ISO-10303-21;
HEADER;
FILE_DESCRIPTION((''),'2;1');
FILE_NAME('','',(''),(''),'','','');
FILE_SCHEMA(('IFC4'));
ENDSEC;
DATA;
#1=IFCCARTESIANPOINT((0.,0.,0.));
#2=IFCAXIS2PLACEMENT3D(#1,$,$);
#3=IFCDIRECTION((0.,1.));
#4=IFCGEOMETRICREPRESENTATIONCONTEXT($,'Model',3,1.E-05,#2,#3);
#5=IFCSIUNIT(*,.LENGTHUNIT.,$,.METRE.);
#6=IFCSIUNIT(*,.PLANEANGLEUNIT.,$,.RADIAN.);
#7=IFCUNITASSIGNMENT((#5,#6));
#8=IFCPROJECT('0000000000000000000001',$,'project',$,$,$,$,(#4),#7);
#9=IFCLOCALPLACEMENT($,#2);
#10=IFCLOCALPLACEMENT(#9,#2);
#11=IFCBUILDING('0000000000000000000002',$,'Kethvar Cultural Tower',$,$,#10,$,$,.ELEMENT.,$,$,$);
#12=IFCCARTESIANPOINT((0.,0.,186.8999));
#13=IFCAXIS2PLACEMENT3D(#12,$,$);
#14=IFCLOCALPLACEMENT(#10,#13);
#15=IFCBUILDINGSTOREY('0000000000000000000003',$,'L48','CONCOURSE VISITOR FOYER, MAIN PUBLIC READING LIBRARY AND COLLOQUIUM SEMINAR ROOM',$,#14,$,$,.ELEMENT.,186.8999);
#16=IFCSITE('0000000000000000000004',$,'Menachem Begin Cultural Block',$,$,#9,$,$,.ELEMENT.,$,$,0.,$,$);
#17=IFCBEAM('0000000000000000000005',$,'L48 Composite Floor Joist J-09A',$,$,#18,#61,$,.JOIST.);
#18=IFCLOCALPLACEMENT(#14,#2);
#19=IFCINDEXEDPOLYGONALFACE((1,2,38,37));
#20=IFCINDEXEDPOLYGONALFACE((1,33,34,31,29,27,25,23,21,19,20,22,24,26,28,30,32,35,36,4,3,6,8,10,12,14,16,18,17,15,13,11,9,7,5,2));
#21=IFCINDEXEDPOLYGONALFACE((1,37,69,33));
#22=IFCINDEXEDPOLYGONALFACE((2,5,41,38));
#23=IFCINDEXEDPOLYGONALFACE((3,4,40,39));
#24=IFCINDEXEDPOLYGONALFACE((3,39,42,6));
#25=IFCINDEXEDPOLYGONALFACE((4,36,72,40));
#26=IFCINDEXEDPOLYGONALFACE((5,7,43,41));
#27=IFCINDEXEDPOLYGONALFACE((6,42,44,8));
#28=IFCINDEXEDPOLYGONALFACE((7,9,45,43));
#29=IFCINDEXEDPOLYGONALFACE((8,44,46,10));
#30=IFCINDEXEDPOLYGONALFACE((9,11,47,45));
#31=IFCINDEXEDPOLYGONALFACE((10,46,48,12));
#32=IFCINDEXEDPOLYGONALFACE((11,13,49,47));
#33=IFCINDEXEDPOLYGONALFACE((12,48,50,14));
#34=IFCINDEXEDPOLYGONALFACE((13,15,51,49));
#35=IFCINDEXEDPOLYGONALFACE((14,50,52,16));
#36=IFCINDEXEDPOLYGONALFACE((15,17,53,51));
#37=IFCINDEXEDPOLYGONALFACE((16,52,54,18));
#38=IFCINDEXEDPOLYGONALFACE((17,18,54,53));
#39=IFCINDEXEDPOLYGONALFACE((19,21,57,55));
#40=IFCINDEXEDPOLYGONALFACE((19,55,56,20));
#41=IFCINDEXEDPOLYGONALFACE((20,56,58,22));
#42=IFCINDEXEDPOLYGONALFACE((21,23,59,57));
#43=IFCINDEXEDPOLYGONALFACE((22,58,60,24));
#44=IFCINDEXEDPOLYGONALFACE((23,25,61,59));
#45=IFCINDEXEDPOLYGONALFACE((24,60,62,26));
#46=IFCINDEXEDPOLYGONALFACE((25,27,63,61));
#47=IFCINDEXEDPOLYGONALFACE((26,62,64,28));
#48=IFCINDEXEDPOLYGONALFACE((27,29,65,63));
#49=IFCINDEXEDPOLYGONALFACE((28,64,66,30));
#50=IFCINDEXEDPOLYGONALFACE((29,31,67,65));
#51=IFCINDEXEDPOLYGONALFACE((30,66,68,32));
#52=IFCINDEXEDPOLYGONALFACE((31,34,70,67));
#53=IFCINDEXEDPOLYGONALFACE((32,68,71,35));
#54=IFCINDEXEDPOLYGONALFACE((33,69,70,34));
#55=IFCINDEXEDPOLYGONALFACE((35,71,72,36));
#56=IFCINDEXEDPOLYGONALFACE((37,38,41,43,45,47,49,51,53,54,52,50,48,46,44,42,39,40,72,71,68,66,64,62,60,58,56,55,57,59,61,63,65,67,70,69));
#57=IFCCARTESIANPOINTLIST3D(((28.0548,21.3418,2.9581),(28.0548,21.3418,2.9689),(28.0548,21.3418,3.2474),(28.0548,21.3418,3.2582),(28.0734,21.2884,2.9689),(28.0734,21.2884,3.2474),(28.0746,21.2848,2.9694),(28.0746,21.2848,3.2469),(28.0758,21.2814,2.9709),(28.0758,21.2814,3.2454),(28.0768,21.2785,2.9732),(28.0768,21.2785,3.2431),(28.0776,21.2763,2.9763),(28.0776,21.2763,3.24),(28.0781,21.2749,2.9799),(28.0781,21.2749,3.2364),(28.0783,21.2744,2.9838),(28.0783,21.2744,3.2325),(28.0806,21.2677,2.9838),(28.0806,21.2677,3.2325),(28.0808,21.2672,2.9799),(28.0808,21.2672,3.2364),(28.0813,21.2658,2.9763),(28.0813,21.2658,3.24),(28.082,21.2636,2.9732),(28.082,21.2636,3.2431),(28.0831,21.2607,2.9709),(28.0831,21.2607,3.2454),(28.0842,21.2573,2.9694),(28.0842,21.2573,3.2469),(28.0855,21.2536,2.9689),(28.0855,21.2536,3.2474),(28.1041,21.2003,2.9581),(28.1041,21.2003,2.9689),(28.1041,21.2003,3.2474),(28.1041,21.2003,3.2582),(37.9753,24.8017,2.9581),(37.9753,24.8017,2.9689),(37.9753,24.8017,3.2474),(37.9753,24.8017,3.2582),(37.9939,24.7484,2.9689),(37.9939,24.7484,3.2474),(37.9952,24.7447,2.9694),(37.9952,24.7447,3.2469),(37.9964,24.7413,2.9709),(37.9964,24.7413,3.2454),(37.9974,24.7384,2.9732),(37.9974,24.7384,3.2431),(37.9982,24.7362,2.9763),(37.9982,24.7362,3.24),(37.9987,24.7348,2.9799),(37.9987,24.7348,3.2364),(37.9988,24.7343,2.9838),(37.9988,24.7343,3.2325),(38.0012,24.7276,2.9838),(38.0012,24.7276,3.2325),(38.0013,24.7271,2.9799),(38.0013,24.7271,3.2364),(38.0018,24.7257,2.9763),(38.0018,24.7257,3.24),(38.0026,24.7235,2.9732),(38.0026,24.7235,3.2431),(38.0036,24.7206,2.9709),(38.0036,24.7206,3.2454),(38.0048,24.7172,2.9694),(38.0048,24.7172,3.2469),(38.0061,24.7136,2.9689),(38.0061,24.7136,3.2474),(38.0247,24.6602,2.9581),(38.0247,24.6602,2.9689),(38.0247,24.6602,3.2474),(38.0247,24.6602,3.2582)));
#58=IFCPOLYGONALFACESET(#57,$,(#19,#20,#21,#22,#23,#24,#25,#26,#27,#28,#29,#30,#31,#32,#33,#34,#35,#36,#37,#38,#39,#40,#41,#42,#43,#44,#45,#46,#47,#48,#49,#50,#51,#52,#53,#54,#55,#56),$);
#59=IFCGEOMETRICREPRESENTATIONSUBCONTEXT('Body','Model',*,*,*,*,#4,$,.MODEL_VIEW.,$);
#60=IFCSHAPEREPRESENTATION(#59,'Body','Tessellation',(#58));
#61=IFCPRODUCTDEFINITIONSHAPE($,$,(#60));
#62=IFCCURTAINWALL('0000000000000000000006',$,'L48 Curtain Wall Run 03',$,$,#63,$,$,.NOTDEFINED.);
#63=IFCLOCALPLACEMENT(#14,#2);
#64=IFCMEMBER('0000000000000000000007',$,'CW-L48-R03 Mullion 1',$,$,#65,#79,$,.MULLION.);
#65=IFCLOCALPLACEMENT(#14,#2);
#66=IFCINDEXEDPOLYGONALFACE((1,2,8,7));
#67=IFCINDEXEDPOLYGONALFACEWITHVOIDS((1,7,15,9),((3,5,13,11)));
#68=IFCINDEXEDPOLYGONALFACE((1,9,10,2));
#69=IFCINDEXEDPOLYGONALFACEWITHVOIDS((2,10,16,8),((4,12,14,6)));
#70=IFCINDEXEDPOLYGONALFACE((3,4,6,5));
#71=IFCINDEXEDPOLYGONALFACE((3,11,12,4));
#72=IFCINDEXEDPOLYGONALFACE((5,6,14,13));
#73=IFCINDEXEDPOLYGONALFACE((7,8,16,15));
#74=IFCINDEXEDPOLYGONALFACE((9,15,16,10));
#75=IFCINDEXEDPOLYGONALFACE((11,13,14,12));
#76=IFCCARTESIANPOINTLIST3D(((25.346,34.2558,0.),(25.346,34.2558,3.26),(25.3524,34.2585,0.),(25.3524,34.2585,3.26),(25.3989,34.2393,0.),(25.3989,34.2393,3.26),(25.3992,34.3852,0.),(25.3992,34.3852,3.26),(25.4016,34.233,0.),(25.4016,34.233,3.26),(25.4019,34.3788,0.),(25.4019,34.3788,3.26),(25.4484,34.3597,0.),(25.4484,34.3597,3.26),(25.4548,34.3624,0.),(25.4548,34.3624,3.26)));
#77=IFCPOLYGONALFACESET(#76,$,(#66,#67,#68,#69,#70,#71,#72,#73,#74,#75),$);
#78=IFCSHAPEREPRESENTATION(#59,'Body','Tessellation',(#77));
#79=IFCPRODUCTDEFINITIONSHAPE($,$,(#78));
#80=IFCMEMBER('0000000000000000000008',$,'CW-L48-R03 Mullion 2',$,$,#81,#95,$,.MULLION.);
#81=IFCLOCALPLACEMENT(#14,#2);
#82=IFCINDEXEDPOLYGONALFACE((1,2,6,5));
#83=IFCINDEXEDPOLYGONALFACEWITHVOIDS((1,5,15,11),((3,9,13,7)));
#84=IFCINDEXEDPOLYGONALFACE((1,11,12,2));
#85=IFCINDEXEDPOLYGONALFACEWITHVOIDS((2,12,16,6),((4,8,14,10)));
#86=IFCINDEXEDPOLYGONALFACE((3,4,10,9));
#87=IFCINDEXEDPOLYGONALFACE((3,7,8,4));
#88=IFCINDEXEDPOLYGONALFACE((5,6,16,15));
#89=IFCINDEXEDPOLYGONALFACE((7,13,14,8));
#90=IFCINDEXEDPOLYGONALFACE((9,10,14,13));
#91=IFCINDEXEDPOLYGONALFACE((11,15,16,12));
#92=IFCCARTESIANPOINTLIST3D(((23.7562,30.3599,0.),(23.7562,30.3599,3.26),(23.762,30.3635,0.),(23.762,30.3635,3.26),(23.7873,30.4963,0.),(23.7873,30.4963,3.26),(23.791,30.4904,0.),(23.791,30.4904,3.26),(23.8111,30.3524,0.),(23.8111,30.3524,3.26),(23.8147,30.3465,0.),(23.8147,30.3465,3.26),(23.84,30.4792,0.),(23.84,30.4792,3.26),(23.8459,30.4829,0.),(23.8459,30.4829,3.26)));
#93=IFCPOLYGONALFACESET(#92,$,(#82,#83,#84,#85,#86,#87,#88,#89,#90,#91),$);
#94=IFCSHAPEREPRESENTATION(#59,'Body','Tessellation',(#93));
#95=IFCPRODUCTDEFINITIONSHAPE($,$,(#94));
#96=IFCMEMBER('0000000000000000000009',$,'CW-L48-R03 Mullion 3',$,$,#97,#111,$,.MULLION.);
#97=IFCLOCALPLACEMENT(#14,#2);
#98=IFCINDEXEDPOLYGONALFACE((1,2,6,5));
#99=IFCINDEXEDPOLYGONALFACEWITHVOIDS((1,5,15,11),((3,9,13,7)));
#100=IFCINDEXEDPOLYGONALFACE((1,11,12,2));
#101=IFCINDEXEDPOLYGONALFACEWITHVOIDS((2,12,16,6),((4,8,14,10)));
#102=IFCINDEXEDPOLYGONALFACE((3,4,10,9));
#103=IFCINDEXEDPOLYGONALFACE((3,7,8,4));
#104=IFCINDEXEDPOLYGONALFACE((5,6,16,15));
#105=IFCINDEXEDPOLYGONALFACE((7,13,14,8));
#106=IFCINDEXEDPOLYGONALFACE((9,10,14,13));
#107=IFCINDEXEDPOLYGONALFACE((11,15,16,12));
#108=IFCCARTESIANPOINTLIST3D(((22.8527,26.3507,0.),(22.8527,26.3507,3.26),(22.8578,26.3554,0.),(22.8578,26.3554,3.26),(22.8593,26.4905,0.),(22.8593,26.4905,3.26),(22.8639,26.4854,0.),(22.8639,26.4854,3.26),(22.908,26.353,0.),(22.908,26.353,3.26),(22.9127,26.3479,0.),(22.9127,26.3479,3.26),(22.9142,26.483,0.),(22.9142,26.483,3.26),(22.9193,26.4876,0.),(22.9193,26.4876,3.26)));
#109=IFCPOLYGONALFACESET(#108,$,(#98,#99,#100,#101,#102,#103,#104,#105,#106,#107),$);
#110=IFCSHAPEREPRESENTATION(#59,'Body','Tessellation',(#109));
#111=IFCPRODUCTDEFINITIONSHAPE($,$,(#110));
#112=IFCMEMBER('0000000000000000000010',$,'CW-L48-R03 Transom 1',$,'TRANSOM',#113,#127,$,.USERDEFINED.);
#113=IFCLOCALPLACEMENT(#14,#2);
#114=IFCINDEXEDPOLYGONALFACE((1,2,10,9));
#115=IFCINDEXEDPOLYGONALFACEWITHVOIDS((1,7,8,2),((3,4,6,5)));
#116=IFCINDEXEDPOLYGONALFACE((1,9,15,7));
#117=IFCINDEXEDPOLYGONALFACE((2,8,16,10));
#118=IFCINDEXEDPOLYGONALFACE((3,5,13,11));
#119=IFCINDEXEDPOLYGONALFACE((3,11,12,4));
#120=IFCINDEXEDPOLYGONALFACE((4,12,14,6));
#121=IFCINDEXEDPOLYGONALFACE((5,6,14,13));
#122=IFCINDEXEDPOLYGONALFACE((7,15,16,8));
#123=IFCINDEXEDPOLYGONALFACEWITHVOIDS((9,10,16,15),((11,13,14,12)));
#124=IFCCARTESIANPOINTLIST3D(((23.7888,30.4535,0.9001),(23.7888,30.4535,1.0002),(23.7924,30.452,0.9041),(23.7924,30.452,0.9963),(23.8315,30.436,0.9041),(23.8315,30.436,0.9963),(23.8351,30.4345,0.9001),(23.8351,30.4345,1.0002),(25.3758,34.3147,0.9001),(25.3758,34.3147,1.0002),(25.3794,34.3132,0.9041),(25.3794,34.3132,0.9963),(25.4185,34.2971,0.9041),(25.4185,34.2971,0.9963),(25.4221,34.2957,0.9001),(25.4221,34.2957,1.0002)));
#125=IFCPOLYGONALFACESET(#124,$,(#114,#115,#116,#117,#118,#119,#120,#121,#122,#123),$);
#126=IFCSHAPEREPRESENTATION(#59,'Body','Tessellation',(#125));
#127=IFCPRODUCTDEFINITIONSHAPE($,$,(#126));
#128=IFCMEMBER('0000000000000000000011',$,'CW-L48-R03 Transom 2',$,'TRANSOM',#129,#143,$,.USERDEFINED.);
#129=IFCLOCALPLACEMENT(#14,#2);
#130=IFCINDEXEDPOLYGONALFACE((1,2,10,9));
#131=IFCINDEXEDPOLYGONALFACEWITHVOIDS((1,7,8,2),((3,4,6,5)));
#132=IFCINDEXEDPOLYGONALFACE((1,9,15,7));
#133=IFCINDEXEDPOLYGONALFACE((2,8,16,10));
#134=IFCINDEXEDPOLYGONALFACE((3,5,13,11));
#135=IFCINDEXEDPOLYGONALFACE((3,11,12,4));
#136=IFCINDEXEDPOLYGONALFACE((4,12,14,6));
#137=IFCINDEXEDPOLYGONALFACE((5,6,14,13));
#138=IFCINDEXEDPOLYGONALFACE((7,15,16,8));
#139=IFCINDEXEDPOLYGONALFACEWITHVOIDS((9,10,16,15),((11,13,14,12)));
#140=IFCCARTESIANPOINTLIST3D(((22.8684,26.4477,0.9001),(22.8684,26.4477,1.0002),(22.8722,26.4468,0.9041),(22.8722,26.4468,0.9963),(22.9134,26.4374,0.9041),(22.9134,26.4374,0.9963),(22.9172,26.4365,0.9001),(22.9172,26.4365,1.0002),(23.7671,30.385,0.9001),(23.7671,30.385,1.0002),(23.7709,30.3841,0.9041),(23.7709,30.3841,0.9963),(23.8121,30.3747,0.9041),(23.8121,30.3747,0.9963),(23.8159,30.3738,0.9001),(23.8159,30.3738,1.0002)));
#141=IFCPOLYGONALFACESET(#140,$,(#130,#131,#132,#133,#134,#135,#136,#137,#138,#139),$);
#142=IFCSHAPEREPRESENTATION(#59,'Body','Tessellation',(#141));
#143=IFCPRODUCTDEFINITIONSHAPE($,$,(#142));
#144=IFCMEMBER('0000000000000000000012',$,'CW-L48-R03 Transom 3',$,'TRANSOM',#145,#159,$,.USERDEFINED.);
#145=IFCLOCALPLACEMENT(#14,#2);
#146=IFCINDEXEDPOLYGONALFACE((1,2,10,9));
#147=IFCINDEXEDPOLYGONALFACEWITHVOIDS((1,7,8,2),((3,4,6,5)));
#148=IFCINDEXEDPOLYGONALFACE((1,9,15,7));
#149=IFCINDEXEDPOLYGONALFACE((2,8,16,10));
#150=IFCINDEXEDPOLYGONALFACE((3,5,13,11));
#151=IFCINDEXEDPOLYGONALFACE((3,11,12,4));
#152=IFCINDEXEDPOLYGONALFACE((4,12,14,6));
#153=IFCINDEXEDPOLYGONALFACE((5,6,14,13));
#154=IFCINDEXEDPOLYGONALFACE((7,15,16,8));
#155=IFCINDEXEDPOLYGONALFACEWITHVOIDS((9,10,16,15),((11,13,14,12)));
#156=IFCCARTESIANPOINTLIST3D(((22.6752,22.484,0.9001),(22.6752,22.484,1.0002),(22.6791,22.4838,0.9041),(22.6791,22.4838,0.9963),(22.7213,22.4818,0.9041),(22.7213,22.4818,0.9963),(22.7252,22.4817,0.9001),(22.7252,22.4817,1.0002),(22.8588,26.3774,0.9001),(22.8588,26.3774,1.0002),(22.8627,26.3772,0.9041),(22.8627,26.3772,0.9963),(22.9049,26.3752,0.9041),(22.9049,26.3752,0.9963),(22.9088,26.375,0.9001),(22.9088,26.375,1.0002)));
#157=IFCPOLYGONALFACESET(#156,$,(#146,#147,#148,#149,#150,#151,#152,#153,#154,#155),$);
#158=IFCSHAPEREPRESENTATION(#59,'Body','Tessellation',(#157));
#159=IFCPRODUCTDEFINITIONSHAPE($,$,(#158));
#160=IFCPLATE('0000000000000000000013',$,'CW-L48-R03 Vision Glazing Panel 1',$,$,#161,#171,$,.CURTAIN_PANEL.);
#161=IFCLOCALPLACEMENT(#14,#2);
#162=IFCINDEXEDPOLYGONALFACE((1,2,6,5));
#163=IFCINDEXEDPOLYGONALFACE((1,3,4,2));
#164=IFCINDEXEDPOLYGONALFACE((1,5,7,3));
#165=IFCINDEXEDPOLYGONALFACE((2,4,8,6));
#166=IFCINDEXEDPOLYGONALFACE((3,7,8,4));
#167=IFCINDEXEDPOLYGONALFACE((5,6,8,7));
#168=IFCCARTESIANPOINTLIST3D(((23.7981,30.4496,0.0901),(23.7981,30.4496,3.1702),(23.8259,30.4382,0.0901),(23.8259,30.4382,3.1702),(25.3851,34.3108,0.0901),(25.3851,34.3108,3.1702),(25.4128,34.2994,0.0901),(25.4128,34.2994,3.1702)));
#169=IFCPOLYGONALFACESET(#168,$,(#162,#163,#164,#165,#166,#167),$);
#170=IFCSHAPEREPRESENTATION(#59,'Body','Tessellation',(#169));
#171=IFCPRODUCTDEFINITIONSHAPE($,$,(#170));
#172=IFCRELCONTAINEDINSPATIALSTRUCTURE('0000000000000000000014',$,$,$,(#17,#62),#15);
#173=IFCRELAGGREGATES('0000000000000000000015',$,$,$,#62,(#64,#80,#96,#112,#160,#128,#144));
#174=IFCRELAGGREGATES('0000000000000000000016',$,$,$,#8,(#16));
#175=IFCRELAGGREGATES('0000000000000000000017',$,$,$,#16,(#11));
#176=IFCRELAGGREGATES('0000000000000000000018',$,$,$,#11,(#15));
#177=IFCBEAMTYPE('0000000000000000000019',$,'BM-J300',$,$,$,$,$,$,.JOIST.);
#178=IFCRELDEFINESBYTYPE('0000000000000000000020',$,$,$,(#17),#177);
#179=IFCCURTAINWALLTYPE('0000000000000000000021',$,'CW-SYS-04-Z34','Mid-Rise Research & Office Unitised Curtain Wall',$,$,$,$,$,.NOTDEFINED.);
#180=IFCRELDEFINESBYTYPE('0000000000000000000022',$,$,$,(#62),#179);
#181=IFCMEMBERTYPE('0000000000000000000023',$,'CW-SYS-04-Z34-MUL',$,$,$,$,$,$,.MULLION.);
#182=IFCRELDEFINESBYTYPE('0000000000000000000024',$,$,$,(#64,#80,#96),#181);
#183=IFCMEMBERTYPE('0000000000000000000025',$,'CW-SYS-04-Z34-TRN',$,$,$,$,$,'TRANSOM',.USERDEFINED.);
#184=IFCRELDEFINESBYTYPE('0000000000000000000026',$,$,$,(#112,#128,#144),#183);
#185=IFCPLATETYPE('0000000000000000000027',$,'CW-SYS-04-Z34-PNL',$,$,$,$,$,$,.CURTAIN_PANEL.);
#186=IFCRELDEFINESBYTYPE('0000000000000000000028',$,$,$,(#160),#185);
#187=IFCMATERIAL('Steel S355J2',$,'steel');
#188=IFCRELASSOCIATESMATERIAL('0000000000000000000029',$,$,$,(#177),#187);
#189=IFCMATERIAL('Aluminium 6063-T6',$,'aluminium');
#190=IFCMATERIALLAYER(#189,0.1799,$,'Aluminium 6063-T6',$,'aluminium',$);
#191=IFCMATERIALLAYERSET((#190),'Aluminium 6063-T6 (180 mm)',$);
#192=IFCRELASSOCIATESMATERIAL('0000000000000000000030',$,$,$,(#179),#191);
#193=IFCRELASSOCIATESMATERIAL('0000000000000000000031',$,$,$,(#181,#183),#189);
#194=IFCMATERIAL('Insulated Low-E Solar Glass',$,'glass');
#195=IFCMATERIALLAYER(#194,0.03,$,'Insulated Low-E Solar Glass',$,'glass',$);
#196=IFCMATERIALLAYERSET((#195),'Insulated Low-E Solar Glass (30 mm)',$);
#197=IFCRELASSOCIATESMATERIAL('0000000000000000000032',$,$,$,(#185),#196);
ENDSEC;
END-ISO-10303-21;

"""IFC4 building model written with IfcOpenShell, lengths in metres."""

from ifc_helpers import new_model, si_unit, direction, frame, origin, origin_2d, place, context, subcontext, project, spatial, rectangle, hollow_rectangle, i_section, extrude, source, transform, mapped, material, layer, layer_set, material_profile, profile_set, type_object, element, aggregate, save


model = new_model("IFC4")

# Units and contexts
model_context = context("Model", 3, precision=1e-05, world=origin(), true_north=direction((0.0, 1.0)))
body_context = subcontext(model_context, "Body", "Model", "MODEL_VIEW")
ifc_project = project(units=[si_unit("LENGTHUNIT", "METRE"), si_unit("PLANEANGLEUNIT", "RADIAN")], contexts=[model_context])

# Site, building, storey
site_placement = place(None, origin())
site = spatial("IfcSite", under=ifc_project, at=site_placement, Name="Menachem Begin Cultural Block", CompositionType="ELEMENT", RefElevation=0.0)
building_placement = place(site_placement, origin())
building = spatial("IfcBuilding", under=site, at=building_placement, Name="Kethvar Cultural Tower", CompositionType="ELEMENT")
storey_placement = place(building_placement, frame((0.0, 0.0, 186.8999)))
storey = spatial("IfcBuildingStorey", under=building, at=storey_placement, Name="L48", Description="CONCOURSE VISITOR FOYER, MAIN PUBLIC READING LIBRARY AND COLLOQUIUM SEMINAR ROOM", CompositionType="ELEMENT", Elevation=186.8999)

# Beam
ifc_material_1 = material(Name="Steel S355J2", Category="steel")
ifc_material_profile_1 = material_profile(ifc_material_1, i_section(OverallWidth=0.1499, OverallDepth=0.3, WebThickness=0.0071, FlangeThickness=0.0107, FilletRadius=0.0149, at=origin_2d()), Name="Steel S355J2 — IPE300")
ifc_profile_set_1 = profile_set([ifc_material_profile_1], Name="Steel S355J2 — IPE300")
beam_type_1 = type_object("IfcBeamType", Name="BM-J300", PredefinedType="JOIST", material=ifc_profile_set_1)
shared_shape_1 = source(origin(), body_context, "Body", "SweptSolid", [
    extrude(i_section(OverallWidth=0.1499, OverallDepth=0.3, WebThickness=0.0071, FlangeThickness=0.0107, FilletRadius=0.0149, at=origin_2d()), origin(), (0.0, 0.0, 1.0), 10.5066),
])
beam_1_placement = place(storey_placement, frame((38.0, 24.731, 3.1082), z_axis=(-0.944222, -0.32931, 0.0), x_axis=(0.32931, -0.944222, 0.0)))
element("IfcBeam", 1, at=beam_1_placement, inside=storey, type_object=beam_type_1, Name="L48 Composite Floor Joist J-09A", PredefinedType="JOIST", context=body_context, shape_type="MappedRepresentation", body=[
    mapped(shared_shape_1, transform((0.0, 0.0, 0.0), scale=1.0)),
])

# Curtain wall, members, plate
ifc_material_2 = material(Name="Aluminium 6063-T6", Category="aluminium")
ifc_layer_1 = layer(ifc_material_2, 0.1799, Name="Aluminium 6063-T6", Category="aluminium")
ifc_layer_set_1 = layer_set([ifc_layer_1], Name="Aluminium 6063-T6 (180 mm)")
curtain_wall_type = type_object("IfcCurtainWallType", Name="CW-SYS-04-Z34", Description="Mid-Rise Research & Office Unitised Curtain Wall", PredefinedType="NOTDEFINED", material=ifc_layer_set_1)
curtain_wall_placement = place(storey_placement, origin())
curtain_wall = element("IfcCurtainWall", 2, at=curtain_wall_placement, inside=storey, type_object=curtain_wall_type, Name="L48 Curtain Wall Run 03", PredefinedType="NOTDEFINED")
ifc_material_profile_2 = material_profile(ifc_material_2, hollow_rectangle(XDim=0.0601, YDim=0.1399, WallThickness=0.0049, at=origin_2d()), Name="Aluminium 6063-T6 — RHS140x60x5")
ifc_profile_set_2 = profile_set([ifc_material_profile_2], Name="Aluminium 6063-T6 — RHS140x60x5")
member_type_1 = type_object("IfcMemberType", Name="CW-SYS-04-Z34-MUL", PredefinedType="MULLION", material=ifc_profile_set_2)
shared_shape_2 = source(origin(), body_context, "Body", "SweptSolid", [
    extrude(hollow_rectangle(XDim=0.0601, YDim=0.1399, WallThickness=0.0049, at=origin_2d()), origin(), (0.0, 0.0, 1.0), 3.26),
])
member_1_placement = place(storey_placement, frame((25.4004, 34.3091, 0.0), z_axis=(0.0, 0.0, 1.0), x_axis=(0.924925, -0.38015, 0.0)))
member_1 = element("IfcMember", 3, at=member_1_placement, type_object=member_type_1, Name="CW-L48-R03 Mullion 1", PredefinedType="MULLION", context=body_context, shape_type="MappedRepresentation", body=[
    mapped(shared_shape_2, transform((0.0, 0.0, 0.0), scale=1.0)),
])
member_2_placement = place(storey_placement, frame((23.801, 30.4214, 0.0), z_axis=(0.0, 0.0, 1.0), x_axis=(0.974932, -0.222501, 0.0)))
member_2 = element("IfcMember", 4, at=member_2_placement, type_object=member_type_1, Name="CW-L48-R03 Mullion 2", PredefinedType="MULLION", context=body_context, shape_type="MappedRepresentation", body=[
    mapped(shared_shape_2, transform((0.0, 0.0, 0.0), scale=1.0)),
])
member_3_placement = place(storey_placement, frame((22.886, 26.4192, 0.0), z_axis=(0.0, 0.0, 1.0), x_axis=(0.998888, -0.047141, 0.0)))
member_3 = element("IfcMember", 5, at=member_3_placement, type_object=member_type_1, Name="CW-L48-R03 Mullion 3", PredefinedType="MULLION", context=body_context, shape_type="MappedRepresentation", body=[
    mapped(shared_shape_2, transform((0.0, 0.0, 0.0), scale=1.0)),
])
ifc_material_profile_3 = material_profile(ifc_material_2, hollow_rectangle(XDim=0.05, YDim=0.1001, WallThickness=0.0039, at=origin_2d()), Name="Aluminium 6063-T6 — RHS100x50x4")
ifc_profile_set_3 = profile_set([ifc_material_profile_3], Name="Aluminium 6063-T6 — RHS100x50x4")
member_type_2 = type_object("IfcMemberType", Name="CW-SYS-04-Z34-TRN", ElementType="TRANSOM", PredefinedType="USERDEFINED", material=ifc_profile_set_3)
shared_shape_3 = source(origin(), body_context, "Body", "SweptSolid", [
    extrude(hollow_rectangle(XDim=0.05, YDim=0.1001, WallThickness=0.0039, at=origin_2d()), origin(), (0.0, 0.0, 1.0), 4.1746),
])
member_4_placement = place(storey_placement, frame((25.3989, 34.3052, 0.9502), z_axis=(-0.380147, -0.924926, 0.0), x_axis=(0.924926, -0.380147, 0.0)))
member_4 = element("IfcMember", 6, at=member_4_placement, type_object=member_type_2, Name="CW-L48-R03 Transom 1", ObjectType="TRANSOM", PredefinedType="USERDEFINED", context=body_context, shape_type="MappedRepresentation", body=[
    mapped(shared_shape_3, transform((0.0, 0.0, 0.0), scale=1.0)),
])
shared_shape_4 = source(origin(), body_context, "Body", "SweptSolid", [
    extrude(hollow_rectangle(XDim=0.05, YDim=0.1001, WallThickness=0.0039, at=origin_2d()), origin(), (0.0, 0.0, 1.0), 4.0386),
])
member_5_placement = place(storey_placement, frame((23.7915, 30.3794, 0.9502), z_axis=(-0.222528, -0.974926, 0.0), x_axis=(0.974926, -0.222528, 0.0)))
member_5 = element("IfcMember", 7, at=member_5_placement, type_object=member_type_2, Name="CW-L48-R03 Transom 2", ObjectType="TRANSOM", PredefinedType="USERDEFINED", context=body_context, shape_type="MappedRepresentation", body=[
    mapped(shared_shape_4, transform((0.0, 0.0, 0.0), scale=1.0)),
])
shared_shape_5 = source(origin(), body_context, "Body", "SweptSolid", [
    extrude(hollow_rectangle(XDim=0.05, YDim=0.1001, WallThickness=0.0039, at=origin_2d()), origin(), (0.0, 0.0, 1.0), 3.8977),
])
member_6_placement = place(storey_placement, frame((22.8838, 26.3762, 0.9502), z_axis=(-0.047104, -0.99889, 0.0), x_axis=(0.99889, -0.047104, 0.0)))
member_6 = element("IfcMember", 8, at=member_6_placement, type_object=member_type_2, Name="CW-L48-R03 Transom 3", ObjectType="TRANSOM", PredefinedType="USERDEFINED", context=body_context, shape_type="MappedRepresentation", body=[
    mapped(shared_shape_5, transform((0.0, 0.0, 0.0), scale=1.0)),
])
ifc_material_3 = material(Name="Insulated Low-E Solar Glass", Category="glass")
ifc_layer_2 = layer(ifc_material_3, 0.03, Name="Insulated Low-E Solar Glass", Category="glass")
ifc_layer_set_2 = layer_set([ifc_layer_2], Name="Insulated Low-E Solar Glass (30 mm)")
plate_type = type_object("IfcPlateType", Name="CW-SYS-04-Z34-PNL", PredefinedType="CURTAIN_PANEL", material=ifc_layer_set_2)
shared_shape_6 = source(origin(), body_context, "Body", "SweptSolid", [
    extrude(rectangle(XDim=4.1746, YDim=0.03, at=origin_2d()), origin(), (0.0, 0.0, 1.0), 3.0801),
])
plate_1_placement = place(storey_placement, frame((24.6055, 32.3745, 0.0901), z_axis=(0.0, 0.0, 1.0), x_axis=(-0.38015, -0.924925, 0.0)))
plate_1 = element("IfcPlate", 9, at=plate_1_placement, type_object=plate_type, Name="CW-L48-R03 Vision Glazing Panel 1", PredefinedType="CURTAIN_PANEL", context=body_context, shape_type="MappedRepresentation", body=[
    mapped(shared_shape_6, transform((0.0, 0.0, 0.0), scale=1.0)),
])
aggregate(curtain_wall, [member_1, member_2, member_3, member_4, plate_1, member_5, member_6])

save(model, "model.ifc")
